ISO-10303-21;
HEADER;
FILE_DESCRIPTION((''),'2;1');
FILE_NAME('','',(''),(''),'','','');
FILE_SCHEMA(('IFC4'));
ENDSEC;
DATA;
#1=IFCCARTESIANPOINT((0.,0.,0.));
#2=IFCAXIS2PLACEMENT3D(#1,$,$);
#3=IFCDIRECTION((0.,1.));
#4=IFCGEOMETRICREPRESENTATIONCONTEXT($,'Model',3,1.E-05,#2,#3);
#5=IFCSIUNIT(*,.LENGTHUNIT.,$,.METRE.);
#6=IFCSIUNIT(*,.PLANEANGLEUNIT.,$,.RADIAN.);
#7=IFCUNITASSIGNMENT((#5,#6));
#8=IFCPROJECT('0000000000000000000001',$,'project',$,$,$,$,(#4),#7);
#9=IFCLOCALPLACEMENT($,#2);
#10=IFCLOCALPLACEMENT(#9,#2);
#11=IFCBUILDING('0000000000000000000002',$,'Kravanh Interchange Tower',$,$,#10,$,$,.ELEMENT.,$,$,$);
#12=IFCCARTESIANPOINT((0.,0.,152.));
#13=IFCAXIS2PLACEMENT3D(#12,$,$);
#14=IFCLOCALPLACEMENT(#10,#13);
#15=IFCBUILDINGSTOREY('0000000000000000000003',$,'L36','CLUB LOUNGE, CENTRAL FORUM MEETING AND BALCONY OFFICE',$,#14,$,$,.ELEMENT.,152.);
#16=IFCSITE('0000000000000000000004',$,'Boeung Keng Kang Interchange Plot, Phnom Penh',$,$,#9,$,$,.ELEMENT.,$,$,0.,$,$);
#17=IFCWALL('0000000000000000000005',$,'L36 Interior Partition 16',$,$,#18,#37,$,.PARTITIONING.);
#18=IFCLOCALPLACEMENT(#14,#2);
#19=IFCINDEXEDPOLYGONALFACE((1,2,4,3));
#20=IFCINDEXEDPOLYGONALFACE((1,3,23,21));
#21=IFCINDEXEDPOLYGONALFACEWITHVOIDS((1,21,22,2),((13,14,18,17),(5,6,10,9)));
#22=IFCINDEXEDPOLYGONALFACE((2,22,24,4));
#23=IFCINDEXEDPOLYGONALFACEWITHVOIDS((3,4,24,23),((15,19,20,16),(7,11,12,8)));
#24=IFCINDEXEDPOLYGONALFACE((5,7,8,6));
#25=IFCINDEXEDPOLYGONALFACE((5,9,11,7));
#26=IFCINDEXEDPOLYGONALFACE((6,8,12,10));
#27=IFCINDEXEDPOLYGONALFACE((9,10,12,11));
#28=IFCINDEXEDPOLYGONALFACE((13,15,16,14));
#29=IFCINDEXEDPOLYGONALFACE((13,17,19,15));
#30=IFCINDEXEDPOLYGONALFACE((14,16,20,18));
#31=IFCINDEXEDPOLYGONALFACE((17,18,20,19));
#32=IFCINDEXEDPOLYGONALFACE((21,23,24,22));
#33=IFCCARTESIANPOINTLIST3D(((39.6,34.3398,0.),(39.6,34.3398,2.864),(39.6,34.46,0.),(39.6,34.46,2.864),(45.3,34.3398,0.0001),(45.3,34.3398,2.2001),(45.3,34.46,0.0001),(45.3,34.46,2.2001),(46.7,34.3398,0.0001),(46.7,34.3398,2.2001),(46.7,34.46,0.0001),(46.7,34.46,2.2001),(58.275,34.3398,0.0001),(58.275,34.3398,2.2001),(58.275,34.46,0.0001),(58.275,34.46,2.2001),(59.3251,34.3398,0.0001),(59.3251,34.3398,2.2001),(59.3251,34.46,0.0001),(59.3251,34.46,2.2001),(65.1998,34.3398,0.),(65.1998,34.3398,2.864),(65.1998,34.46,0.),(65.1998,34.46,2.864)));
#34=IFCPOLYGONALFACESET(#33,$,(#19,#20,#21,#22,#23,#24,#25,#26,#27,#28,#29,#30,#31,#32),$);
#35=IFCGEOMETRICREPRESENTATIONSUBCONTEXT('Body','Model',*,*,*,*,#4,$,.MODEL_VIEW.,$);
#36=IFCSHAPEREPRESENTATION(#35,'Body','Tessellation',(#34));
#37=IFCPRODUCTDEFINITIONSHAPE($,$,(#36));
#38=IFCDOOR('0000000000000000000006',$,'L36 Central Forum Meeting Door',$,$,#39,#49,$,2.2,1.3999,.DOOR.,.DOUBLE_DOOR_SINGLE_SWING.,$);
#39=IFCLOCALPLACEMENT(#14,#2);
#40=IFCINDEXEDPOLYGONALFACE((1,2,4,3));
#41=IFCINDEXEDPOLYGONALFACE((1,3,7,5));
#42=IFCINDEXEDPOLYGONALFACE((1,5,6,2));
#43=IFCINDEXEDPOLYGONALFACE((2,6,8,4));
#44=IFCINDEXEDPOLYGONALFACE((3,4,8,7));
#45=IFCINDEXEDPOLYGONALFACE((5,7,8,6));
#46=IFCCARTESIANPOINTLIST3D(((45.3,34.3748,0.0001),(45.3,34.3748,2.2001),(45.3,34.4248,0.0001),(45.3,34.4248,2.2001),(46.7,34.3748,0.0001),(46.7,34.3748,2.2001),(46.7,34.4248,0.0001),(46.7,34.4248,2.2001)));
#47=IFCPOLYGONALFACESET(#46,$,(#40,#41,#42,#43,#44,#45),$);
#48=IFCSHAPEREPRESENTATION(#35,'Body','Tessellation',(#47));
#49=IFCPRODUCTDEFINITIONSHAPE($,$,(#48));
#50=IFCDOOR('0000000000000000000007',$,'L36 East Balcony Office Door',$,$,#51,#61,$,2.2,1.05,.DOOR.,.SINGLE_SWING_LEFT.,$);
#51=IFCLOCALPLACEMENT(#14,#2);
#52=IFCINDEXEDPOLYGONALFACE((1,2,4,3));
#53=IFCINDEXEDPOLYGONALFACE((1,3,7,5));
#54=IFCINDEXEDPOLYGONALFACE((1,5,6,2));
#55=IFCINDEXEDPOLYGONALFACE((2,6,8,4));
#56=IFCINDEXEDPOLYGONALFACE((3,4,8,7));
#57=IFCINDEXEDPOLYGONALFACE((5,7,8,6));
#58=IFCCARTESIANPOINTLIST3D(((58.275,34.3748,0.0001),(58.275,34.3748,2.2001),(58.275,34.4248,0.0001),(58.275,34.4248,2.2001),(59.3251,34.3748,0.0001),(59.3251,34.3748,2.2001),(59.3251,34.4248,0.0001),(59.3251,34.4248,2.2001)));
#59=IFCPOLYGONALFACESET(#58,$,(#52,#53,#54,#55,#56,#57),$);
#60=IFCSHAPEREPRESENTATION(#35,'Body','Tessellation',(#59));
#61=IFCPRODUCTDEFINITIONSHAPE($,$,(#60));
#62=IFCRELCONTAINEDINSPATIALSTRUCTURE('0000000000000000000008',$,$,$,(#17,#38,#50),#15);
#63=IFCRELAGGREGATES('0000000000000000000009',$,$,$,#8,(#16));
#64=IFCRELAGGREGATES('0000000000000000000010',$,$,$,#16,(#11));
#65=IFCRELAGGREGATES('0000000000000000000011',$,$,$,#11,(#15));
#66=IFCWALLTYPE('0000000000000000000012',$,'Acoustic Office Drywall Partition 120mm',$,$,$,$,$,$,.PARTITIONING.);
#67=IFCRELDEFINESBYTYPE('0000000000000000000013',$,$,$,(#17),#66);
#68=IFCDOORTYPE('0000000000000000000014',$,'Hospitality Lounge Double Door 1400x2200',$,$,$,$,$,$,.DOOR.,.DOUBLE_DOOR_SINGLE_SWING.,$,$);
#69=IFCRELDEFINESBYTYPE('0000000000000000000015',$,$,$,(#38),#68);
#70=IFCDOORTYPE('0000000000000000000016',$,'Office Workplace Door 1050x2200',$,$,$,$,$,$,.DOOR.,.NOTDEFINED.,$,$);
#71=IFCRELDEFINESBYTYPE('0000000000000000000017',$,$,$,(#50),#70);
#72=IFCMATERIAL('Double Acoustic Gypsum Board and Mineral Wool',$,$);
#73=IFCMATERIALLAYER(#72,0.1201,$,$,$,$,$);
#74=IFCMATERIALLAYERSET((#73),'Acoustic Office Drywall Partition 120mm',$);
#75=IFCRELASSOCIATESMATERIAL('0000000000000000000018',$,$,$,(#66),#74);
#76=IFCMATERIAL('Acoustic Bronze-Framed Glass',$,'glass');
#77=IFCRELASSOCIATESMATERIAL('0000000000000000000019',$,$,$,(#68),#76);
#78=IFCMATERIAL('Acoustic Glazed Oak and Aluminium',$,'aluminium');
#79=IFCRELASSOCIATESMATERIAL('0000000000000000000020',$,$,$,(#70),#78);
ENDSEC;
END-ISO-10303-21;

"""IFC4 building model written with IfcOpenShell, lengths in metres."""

from ifc_helpers import new_model, si_unit, direction, frame, frame_2d, origin, place, context, subcontext, project, spatial, rectangle, extrude, material, layer, layer_set, type_object, element, fill, save


model = new_model("IFC4")

# Units and contexts
model_context = context("Model", 3, precision=1e-05, world=origin(), true_north=direction((0.0, 1.0)))
body_context = subcontext(model_context, "Body", "Model", "MODEL_VIEW")
ifc_project = project(units=[si_unit("LENGTHUNIT", "METRE"), si_unit("PLANEANGLEUNIT", "RADIAN")], contexts=[model_context])

# Site, building, storey
site_placement = place(None, origin())
site = spatial("IfcSite", under=ifc_project, at=site_placement, Name="Boeung Keng Kang Interchange Plot, Phnom Penh", CompositionType="ELEMENT", RefElevation=0.0)
building_placement = place(site_placement, origin())
building = spatial("IfcBuilding", under=site, at=building_placement, Name="Kravanh Interchange Tower", CompositionType="ELEMENT")
storey_placement = place(building_placement, frame((0.0, 0.0, 152.0)))
storey = spatial("IfcBuildingStorey", under=building, at=storey_placement, Name="L36", Description="CLUB LOUNGE, CENTRAL FORUM MEETING AND BALCONY OFFICE", CompositionType="ELEMENT", Elevation=152.0)

# Wall, openings, doors
ifc_material_1 = material(Name="Double Acoustic Gypsum Board and Mineral Wool")
ifc_layer_1 = layer(ifc_material_1, 0.1201)
ifc_layer_set_1 = layer_set([ifc_layer_1], Name="Acoustic Office Drywall Partition 120mm")
wall_type_1 = type_object("IfcWallType", Name="Acoustic Office Drywall Partition 120mm", PredefinedType="PARTITIONING", material=ifc_layer_set_1)
wall_1_placement = place(storey_placement, frame((39.6001, 34.3999, 0.0), z_axis=(0.0, 0.0, 1.0), x_axis=(1.0, 0.0, 0.0)))
wall_1 = element("IfcWall", 1, at=wall_1_placement, inside=storey, type_object=wall_type_1, Name="L36 Interior Partition 16", PredefinedType="PARTITIONING", context=body_context, shape_type="SweptSolid", body=[
    extrude(rectangle(XDim=25.5999, YDim=0.1201, at=frame_2d((12.7998, 0.0))), origin(), (0.0, 0.0, 1.0), 2.864),
])
opening_1_placement = place(wall_1_placement, frame((5.7, 0.0, 0.0)))
opening_1 = element("IfcOpeningElement", 2, at=opening_1_placement, cuts=wall_1, PredefinedType="OPENING", context=body_context, shape_type="SweptSolid", body=[
    extrude(rectangle(XDim=1.3999, YDim=2.2, at=frame_2d((0.7, 1.1001))), frame((0.0, 0.0701, 0.0), z_axis=(0.0, -1.0, 0.0), x_axis=(1.0, 0.0, 0.0)), (0.0, 0.0, 1.0), 0.1401),
])
opening_2_placement = place(wall_1_placement, frame((18.675, 0.0, 0.0)))
opening_2 = element("IfcOpeningElement", 3, at=opening_2_placement, cuts=wall_1, PredefinedType="OPENING", context=body_context, shape_type="SweptSolid", body=[
    extrude(rectangle(XDim=1.05, YDim=2.2, at=frame_2d((0.5249, 1.1001))), frame((0.0, 0.0701, 0.0), z_axis=(0.0, -1.0, 0.0), x_axis=(1.0, 0.0, 0.0)), (0.0, 0.0, 1.0), 0.1401),
])
ifc_material_2 = material(Name="Acoustic Bronze-Framed Glass", Category="glass")
door_type_1 = type_object("IfcDoorType", Name="Hospitality Lounge Double Door 1400x2200", OperationType="DOUBLE_DOOR_SINGLE_SWING", PredefinedType="DOOR", material=ifc_material_2)
door_1_placement = place(opening_1_placement, origin())
door_1 = element("IfcDoor", 4, at=door_1_placement, inside=storey, type_object=door_type_1, Name="L36 Central Forum Meeting Door", OperationType="DOUBLE_DOOR_SINGLE_SWING", OverallHeight=2.2, OverallWidth=1.3999, PredefinedType="DOOR", context=body_context, shape_type="SweptSolid", body=[
    extrude(rectangle(XDim=1.3999, YDim=2.2, at=frame_2d((0.7, 1.1001))), frame((0.0, 0.0249, 0.0), z_axis=(0.0, -1.0, 0.0), x_axis=(1.0, 0.0, 0.0)), (0.0, 0.0, 1.0), 0.05),
])
fill(opening_1, door_1)
ifc_material_3 = material(Name="Acoustic Glazed Oak and Aluminium", Category="aluminium")
door_type_2 = type_object("IfcDoorType", Name="Office Workplace Door 1050x2200", OperationType="NOTDEFINED", PredefinedType="DOOR", material=ifc_material_3)
door_2_placement = place(opening_2_placement, origin())
door_2 = element("IfcDoor", 5, at=door_2_placement, inside=storey, type_object=door_type_2, Name="L36 East Balcony Office Door", OperationType="SINGLE_SWING_LEFT", OverallHeight=2.2, OverallWidth=1.05, PredefinedType="DOOR", context=body_context, shape_type="SweptSolid", body=[
    extrude(rectangle(XDim=1.05, YDim=2.2, at=frame_2d((0.5249, 1.1001))), frame((0.0, 0.0249, 0.0), z_axis=(0.0, -1.0, 0.0), x_axis=(1.0, 0.0, 0.0)), (0.0, 0.0, 1.0), 0.05),
])
fill(opening_2, door_2)

save(model, "model.ifc")
